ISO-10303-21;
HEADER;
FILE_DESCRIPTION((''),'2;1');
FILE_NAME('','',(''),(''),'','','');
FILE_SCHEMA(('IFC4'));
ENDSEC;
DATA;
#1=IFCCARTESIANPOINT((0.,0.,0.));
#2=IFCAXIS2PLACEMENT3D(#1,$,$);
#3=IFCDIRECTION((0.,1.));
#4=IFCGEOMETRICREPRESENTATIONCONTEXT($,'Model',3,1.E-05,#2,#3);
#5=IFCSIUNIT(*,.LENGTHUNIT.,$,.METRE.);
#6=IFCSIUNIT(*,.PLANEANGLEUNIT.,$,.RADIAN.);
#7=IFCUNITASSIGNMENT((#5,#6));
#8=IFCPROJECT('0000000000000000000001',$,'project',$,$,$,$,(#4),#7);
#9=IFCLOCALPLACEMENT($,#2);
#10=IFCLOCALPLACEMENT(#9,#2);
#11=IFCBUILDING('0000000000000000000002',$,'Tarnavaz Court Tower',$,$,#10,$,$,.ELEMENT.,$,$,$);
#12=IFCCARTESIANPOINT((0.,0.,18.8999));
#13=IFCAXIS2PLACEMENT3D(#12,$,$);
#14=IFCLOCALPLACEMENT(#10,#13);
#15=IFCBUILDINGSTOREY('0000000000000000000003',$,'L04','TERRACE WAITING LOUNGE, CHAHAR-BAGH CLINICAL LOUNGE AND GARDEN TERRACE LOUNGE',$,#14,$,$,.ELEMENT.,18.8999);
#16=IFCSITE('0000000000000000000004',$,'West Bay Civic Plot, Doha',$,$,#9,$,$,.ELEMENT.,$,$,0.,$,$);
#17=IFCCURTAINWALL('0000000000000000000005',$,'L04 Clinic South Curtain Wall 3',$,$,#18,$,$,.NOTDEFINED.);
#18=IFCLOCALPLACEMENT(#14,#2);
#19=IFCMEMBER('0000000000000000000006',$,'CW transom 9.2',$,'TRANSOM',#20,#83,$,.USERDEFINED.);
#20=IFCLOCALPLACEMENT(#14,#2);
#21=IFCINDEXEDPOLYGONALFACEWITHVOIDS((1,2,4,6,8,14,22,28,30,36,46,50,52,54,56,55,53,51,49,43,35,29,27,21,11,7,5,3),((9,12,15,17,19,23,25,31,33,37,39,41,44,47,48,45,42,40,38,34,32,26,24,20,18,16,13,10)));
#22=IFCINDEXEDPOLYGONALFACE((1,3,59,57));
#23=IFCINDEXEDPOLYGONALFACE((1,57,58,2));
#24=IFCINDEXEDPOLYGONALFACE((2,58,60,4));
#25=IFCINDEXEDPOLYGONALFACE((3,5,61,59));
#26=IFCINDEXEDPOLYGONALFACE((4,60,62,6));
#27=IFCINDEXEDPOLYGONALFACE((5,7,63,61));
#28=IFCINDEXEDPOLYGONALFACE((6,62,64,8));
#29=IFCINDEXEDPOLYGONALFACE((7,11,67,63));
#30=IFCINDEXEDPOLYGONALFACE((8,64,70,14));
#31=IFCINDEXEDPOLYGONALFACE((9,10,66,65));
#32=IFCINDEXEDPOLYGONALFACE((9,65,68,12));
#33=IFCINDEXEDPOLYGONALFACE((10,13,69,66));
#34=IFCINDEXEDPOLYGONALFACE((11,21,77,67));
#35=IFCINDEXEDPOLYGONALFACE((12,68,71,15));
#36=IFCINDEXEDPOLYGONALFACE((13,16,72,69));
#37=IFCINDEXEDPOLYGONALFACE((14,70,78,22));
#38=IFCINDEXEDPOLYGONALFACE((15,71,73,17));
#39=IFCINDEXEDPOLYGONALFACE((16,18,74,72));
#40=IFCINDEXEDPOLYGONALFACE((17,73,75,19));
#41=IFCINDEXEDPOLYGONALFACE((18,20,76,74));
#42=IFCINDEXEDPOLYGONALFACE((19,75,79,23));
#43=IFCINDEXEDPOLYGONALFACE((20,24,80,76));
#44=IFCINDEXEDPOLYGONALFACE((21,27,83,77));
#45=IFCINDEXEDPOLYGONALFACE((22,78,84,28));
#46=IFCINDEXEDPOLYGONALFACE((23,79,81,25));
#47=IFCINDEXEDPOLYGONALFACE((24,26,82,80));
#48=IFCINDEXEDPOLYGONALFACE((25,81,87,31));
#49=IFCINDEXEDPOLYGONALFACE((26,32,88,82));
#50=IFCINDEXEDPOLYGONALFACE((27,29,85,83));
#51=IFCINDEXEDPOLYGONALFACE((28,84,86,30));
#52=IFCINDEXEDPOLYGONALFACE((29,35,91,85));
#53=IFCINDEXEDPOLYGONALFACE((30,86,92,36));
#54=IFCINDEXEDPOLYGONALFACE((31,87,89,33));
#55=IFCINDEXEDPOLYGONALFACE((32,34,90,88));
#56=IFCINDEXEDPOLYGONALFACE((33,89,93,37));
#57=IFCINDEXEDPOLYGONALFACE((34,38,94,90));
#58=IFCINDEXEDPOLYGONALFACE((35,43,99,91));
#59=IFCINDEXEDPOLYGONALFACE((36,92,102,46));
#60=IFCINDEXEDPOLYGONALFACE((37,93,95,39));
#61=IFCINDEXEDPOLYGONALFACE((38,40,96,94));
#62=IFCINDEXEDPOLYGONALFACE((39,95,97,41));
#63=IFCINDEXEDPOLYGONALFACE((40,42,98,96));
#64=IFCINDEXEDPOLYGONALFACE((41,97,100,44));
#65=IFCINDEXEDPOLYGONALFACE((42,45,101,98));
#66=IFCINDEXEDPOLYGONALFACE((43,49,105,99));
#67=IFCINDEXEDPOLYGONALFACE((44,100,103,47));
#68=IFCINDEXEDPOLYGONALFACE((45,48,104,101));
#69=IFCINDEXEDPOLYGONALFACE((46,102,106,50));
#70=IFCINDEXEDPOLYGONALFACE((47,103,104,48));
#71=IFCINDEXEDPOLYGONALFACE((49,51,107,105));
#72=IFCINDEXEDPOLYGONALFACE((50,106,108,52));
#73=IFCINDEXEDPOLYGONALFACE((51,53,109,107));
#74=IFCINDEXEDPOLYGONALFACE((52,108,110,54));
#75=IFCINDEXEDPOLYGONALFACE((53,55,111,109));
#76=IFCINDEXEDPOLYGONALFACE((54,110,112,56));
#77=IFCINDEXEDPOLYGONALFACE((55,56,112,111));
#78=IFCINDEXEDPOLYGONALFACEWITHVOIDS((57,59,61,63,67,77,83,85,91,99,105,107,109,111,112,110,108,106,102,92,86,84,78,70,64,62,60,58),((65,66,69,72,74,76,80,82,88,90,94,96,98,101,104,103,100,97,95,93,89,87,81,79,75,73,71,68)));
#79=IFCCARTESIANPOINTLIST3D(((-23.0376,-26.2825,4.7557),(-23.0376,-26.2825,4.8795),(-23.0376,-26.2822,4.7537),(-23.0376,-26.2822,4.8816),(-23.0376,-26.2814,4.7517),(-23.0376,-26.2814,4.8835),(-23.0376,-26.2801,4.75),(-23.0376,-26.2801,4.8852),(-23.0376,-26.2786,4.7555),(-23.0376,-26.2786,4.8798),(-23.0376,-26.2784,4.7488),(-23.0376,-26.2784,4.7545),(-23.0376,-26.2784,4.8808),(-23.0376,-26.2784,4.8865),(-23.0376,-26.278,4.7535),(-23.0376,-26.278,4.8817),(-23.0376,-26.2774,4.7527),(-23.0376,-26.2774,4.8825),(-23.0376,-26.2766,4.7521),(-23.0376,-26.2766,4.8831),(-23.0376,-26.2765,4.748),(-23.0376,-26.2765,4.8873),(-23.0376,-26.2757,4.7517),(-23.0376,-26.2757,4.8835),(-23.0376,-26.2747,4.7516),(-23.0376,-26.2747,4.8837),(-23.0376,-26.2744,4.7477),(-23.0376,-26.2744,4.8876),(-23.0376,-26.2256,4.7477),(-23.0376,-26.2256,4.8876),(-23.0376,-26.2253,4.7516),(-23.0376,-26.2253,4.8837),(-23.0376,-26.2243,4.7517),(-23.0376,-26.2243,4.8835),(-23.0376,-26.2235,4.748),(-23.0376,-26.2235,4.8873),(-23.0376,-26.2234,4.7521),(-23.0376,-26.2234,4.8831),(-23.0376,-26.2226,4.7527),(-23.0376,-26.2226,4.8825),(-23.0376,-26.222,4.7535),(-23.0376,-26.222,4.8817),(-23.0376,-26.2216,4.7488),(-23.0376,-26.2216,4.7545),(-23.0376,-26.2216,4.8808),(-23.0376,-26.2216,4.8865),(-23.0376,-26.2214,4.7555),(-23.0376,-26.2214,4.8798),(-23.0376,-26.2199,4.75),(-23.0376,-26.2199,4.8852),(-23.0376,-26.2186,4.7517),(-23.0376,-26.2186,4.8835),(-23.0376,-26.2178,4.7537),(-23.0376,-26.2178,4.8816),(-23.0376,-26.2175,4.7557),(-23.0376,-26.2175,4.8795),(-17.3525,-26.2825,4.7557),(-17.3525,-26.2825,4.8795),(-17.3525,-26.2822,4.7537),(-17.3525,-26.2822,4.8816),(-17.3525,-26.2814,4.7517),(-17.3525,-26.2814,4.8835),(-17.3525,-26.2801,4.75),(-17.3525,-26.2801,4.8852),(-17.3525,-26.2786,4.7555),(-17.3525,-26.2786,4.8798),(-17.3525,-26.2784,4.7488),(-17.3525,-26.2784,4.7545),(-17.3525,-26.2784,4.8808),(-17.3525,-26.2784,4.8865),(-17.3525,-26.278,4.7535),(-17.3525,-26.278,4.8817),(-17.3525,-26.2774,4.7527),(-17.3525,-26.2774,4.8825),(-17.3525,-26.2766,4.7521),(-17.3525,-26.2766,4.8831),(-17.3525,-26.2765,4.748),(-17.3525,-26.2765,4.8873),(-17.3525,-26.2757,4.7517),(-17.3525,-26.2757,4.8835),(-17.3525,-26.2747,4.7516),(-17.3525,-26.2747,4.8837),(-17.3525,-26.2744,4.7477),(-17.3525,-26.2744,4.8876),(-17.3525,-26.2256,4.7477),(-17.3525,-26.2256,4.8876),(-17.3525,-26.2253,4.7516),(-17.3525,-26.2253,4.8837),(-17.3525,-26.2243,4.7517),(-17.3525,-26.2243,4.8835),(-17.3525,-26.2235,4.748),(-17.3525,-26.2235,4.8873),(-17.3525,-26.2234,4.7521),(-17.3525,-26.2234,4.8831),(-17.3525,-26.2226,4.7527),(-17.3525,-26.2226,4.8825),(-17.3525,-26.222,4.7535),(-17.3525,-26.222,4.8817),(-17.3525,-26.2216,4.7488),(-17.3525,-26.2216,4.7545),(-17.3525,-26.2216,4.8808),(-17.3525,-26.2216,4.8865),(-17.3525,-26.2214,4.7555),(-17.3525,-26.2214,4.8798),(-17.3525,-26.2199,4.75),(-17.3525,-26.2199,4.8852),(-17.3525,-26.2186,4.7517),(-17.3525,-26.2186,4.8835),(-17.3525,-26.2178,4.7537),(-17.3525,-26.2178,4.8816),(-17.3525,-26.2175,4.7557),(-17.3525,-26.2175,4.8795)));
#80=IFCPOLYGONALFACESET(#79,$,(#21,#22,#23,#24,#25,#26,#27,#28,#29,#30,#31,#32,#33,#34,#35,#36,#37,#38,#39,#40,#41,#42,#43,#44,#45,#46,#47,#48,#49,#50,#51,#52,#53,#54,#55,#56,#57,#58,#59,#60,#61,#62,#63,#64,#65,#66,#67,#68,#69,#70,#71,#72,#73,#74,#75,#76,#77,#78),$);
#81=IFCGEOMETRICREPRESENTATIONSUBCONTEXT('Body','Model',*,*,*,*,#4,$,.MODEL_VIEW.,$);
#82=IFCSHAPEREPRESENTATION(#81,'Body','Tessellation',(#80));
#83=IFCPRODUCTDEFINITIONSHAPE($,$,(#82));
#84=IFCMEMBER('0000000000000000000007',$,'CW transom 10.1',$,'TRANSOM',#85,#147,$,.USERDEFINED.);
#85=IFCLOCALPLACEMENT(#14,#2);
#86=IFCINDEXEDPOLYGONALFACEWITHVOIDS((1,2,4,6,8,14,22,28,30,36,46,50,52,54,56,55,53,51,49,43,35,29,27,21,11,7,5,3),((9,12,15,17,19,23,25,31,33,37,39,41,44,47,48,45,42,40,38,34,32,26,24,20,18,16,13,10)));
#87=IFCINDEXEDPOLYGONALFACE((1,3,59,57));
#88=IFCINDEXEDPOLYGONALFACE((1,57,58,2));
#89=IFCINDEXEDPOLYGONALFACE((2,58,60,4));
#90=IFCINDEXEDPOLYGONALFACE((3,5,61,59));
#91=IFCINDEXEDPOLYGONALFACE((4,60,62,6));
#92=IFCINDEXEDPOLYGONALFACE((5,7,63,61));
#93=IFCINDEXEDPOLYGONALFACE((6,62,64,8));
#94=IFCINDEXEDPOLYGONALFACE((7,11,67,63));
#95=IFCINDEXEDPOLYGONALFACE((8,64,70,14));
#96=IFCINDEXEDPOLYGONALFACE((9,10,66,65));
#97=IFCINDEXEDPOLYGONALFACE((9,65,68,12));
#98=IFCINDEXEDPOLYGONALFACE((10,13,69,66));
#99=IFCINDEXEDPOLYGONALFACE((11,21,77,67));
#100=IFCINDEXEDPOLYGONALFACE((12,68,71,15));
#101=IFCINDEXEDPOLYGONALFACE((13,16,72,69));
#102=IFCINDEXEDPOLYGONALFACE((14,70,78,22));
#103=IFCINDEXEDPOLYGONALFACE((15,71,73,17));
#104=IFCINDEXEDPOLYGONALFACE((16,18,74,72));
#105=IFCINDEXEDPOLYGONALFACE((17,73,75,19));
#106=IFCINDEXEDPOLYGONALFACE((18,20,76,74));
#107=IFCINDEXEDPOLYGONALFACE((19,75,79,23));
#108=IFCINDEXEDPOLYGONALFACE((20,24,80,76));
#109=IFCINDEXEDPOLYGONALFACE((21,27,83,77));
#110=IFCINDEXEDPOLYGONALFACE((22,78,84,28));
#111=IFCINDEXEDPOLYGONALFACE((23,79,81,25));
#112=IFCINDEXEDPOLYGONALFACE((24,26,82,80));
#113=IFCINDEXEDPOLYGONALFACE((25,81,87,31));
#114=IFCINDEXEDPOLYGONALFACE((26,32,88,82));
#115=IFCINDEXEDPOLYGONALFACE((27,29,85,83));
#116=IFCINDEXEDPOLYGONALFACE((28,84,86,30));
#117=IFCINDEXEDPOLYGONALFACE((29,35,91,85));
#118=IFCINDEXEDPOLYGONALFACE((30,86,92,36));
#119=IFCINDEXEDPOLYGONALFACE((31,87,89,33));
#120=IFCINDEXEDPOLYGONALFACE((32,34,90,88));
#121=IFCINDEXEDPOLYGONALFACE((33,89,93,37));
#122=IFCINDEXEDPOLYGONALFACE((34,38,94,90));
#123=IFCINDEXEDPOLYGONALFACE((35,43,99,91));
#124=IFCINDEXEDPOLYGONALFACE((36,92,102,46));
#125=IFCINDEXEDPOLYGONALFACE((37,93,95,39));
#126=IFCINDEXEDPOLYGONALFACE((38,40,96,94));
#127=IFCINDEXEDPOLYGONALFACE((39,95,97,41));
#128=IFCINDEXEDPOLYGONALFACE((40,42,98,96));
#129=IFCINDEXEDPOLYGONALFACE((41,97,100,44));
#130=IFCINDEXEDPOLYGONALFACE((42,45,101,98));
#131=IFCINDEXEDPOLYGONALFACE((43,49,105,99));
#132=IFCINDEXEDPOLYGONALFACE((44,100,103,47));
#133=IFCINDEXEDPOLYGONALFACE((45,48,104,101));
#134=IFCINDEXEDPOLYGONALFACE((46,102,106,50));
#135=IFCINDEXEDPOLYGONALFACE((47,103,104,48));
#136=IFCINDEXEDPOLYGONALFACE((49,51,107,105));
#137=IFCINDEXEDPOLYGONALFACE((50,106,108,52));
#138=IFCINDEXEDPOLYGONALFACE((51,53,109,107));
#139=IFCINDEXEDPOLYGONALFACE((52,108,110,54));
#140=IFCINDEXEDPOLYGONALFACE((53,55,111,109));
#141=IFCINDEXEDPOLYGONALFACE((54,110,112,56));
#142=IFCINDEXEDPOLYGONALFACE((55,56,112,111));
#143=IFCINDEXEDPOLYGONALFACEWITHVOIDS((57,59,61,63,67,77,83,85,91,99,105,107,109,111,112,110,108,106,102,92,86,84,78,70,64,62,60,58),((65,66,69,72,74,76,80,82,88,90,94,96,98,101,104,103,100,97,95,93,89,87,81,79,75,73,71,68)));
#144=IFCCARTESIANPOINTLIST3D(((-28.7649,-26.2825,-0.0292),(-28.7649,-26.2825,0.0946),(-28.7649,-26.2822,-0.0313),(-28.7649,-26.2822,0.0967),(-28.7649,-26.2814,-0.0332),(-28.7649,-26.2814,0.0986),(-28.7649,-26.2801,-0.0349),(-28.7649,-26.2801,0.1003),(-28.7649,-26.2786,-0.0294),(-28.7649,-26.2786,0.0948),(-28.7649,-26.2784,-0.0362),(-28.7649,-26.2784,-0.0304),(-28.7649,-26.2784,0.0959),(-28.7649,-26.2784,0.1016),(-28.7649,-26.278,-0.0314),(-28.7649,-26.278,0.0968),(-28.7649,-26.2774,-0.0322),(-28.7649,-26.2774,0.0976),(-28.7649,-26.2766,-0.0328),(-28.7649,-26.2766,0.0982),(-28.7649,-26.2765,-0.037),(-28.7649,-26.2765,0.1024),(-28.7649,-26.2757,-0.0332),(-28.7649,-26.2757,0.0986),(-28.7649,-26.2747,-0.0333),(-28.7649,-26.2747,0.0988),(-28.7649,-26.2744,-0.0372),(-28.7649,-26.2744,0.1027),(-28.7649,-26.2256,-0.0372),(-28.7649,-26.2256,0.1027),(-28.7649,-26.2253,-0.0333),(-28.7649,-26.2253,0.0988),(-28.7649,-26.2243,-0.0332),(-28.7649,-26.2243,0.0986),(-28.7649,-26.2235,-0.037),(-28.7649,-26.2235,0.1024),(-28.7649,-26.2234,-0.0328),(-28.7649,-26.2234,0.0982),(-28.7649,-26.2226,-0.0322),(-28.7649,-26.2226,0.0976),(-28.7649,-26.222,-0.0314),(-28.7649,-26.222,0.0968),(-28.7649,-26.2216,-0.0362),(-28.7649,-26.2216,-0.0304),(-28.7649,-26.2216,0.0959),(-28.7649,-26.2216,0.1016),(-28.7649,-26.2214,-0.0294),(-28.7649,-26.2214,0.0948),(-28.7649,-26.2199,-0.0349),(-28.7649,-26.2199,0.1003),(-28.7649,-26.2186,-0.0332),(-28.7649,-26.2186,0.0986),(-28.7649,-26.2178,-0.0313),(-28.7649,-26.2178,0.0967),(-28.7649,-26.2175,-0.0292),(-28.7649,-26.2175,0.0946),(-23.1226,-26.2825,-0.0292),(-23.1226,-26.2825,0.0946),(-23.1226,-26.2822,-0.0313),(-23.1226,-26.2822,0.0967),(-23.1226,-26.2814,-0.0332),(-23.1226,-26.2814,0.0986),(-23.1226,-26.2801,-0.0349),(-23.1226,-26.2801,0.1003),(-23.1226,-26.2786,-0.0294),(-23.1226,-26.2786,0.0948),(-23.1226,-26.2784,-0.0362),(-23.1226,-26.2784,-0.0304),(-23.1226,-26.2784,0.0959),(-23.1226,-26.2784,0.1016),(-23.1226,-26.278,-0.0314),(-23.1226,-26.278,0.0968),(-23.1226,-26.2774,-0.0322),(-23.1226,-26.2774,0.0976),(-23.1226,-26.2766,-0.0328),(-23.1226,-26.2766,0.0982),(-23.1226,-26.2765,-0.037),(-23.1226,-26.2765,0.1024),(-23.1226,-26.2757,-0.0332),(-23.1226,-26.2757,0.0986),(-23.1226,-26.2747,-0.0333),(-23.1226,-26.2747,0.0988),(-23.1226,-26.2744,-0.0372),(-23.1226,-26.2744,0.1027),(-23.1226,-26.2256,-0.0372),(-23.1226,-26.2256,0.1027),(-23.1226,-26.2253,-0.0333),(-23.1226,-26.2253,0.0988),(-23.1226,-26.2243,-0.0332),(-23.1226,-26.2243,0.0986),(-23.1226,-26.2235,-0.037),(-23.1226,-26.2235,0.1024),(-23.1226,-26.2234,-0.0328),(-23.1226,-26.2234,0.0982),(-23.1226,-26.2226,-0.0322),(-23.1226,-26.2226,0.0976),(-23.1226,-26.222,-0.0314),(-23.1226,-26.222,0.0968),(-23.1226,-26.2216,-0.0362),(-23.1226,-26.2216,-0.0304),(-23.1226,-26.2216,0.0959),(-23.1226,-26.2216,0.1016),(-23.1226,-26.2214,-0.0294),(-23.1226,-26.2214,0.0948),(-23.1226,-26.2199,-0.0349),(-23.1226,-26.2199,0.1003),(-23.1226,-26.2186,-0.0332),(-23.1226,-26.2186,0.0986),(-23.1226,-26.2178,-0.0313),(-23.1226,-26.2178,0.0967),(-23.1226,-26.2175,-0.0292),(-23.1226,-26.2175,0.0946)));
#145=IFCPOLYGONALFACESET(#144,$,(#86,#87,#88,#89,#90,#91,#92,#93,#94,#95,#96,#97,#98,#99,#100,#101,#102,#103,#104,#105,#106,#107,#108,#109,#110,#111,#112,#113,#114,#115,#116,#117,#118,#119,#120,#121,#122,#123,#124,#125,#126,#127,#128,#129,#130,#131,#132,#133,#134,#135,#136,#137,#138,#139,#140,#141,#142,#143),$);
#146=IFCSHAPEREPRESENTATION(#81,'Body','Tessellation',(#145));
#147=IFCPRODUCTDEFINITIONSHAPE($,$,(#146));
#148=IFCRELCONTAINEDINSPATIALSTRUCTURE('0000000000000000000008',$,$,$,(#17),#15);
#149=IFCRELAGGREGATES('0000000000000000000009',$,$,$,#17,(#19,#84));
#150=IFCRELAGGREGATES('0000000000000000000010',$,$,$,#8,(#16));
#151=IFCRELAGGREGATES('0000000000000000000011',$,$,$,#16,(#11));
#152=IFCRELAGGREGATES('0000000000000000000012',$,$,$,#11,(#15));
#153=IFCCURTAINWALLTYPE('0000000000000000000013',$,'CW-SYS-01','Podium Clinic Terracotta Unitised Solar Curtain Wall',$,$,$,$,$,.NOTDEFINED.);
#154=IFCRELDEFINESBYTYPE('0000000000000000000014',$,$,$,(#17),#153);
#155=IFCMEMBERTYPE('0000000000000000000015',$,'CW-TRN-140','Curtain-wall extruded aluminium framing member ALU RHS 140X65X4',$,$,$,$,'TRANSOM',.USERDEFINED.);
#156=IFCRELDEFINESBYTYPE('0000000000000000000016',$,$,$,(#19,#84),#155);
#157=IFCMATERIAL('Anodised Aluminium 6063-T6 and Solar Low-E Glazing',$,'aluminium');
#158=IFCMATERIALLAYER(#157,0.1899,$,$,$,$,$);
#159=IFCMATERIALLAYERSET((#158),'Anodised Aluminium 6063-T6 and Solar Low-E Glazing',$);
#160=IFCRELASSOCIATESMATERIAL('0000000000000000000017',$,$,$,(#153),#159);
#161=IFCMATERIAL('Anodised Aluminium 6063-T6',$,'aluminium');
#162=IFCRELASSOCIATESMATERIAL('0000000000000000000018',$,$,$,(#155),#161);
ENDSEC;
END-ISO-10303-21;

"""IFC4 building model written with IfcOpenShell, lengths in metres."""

from ifc_helpers import new_model, si_unit, direction, frame, origin, origin_2d, place, context, subcontext, project, spatial, hollow_rectangle, extrude, material, layer, layer_set, material_profile, profile_set, type_object, element, aggregate, save


model = new_model("IFC4")

# Units and contexts
model_context = context("Model", 3, precision=1e-05, world=origin(), true_north=direction((0.0, 1.0)))
body_context = subcontext(model_context, "Body", "Model", "MODEL_VIEW")
ifc_project = project(units=[si_unit("LENGTHUNIT", "METRE"), si_unit("PLANEANGLEUNIT", "RADIAN")], contexts=[model_context])

# Site, building, storey
site_placement = place(None, origin())
site = spatial("IfcSite", under=ifc_project, at=site_placement, Name="West Bay Civic Plot, Doha", CompositionType="ELEMENT", RefElevation=0.0)
building_placement = place(site_placement, origin())
building = spatial("IfcBuilding", under=site, at=building_placement, Name="Tarnavaz Court Tower", CompositionType="ELEMENT")
storey_placement = place(building_placement, frame((0.0, 0.0, 18.8999)))
storey = spatial("IfcBuildingStorey", under=building, at=storey_placement, Name="L04", Description="TERRACE WAITING LOUNGE, CHAHAR-BAGH CLINICAL LOUNGE AND GARDEN TERRACE LOUNGE", CompositionType="ELEMENT", Elevation=18.8999)

# Curtain wall, members
ifc_material_1 = material(Name="Anodised Aluminium 6063-T6 and Solar Low-E Glazing", Category="aluminium")
ifc_layer_1 = layer(ifc_material_1, 0.1899)
ifc_layer_set_1 = layer_set([ifc_layer_1], Name="Anodised Aluminium 6063-T6 and Solar Low-E Glazing")
curtain_wall_type = type_object("IfcCurtainWallType", Name="CW-SYS-01", Description="Podium Clinic Terracotta Unitised Solar Curtain Wall", PredefinedType="NOTDEFINED", material=ifc_layer_set_1)
curtain_wall_placement = place(storey_placement, origin())
curtain_wall = element("IfcCurtainWall", 1, at=curtain_wall_placement, inside=storey, type_object=curtain_wall_type, Name="L04 Clinic South Curtain Wall 3", PredefinedType="NOTDEFINED")
ifc_material_2 = material(Name="Anodised Aluminium 6063-T6", Category="aluminium")
ifc_material_profile_1 = material_profile(ifc_material_2, hollow_rectangle(XDim=0.0649, YDim=0.1399, WallThickness=0.0039, InnerFilletRadius=0.0039, OuterFilletRadius=0.0081, at=origin_2d()), Name="ALU RHS 140X65X4")
ifc_profile_set_1 = profile_set([ifc_material_profile_1], Name="Anodised Aluminium 6063-T6")
member_type_1 = type_object("IfcMemberType", Name="CW-TRN-140", Description="Curtain-wall extruded aluminium framing member ALU RHS 140X65X4", ElementType="TRANSOM", PredefinedType="USERDEFINED", material=ifc_profile_set_1)
member_1_placement = place(storey_placement, frame((-17.3525, -26.25, 4.8176), z_axis=(-1.0, 0.0, 0.0), x_axis=(0.0, -1.0, 0.0)))
member_1 = element("IfcMember", 2, at=member_1_placement, type_object=member_type_1, Name="CW transom 9.2", ObjectType="TRANSOM", PredefinedType="USERDEFINED", context=body_context, shape_type="SweptSolid", body=[
    extrude(hollow_rectangle(XDim=0.0649, YDim=0.1399, WallThickness=0.0039, InnerFilletRadius=0.0039, OuterFilletRadius=0.0081, at=origin_2d()), origin(), (0.0, 0.0, 1.0), 5.6851),
])
member_2_placement = place(storey_placement, frame((-23.1226, -26.25, 0.0327), z_axis=(-1.0, 0.0, 0.0), x_axis=(0.0, -1.0, 0.0)))
member_2 = element("IfcMember", 3, at=member_2_placement, type_object=member_type_1, Name="CW transom 10.1", ObjectType="TRANSOM", PredefinedType="USERDEFINED", context=body_context, shape_type="SweptSolid", body=[
    extrude(hollow_rectangle(XDim=0.0649, YDim=0.1399, WallThickness=0.0039, InnerFilletRadius=0.0039, OuterFilletRadius=0.0081, at=origin_2d()), origin(), (0.0, 0.0, 1.0), 5.6423),
])
aggregate(curtain_wall, [member_1, member_2])

save(model, "model.ifc")
